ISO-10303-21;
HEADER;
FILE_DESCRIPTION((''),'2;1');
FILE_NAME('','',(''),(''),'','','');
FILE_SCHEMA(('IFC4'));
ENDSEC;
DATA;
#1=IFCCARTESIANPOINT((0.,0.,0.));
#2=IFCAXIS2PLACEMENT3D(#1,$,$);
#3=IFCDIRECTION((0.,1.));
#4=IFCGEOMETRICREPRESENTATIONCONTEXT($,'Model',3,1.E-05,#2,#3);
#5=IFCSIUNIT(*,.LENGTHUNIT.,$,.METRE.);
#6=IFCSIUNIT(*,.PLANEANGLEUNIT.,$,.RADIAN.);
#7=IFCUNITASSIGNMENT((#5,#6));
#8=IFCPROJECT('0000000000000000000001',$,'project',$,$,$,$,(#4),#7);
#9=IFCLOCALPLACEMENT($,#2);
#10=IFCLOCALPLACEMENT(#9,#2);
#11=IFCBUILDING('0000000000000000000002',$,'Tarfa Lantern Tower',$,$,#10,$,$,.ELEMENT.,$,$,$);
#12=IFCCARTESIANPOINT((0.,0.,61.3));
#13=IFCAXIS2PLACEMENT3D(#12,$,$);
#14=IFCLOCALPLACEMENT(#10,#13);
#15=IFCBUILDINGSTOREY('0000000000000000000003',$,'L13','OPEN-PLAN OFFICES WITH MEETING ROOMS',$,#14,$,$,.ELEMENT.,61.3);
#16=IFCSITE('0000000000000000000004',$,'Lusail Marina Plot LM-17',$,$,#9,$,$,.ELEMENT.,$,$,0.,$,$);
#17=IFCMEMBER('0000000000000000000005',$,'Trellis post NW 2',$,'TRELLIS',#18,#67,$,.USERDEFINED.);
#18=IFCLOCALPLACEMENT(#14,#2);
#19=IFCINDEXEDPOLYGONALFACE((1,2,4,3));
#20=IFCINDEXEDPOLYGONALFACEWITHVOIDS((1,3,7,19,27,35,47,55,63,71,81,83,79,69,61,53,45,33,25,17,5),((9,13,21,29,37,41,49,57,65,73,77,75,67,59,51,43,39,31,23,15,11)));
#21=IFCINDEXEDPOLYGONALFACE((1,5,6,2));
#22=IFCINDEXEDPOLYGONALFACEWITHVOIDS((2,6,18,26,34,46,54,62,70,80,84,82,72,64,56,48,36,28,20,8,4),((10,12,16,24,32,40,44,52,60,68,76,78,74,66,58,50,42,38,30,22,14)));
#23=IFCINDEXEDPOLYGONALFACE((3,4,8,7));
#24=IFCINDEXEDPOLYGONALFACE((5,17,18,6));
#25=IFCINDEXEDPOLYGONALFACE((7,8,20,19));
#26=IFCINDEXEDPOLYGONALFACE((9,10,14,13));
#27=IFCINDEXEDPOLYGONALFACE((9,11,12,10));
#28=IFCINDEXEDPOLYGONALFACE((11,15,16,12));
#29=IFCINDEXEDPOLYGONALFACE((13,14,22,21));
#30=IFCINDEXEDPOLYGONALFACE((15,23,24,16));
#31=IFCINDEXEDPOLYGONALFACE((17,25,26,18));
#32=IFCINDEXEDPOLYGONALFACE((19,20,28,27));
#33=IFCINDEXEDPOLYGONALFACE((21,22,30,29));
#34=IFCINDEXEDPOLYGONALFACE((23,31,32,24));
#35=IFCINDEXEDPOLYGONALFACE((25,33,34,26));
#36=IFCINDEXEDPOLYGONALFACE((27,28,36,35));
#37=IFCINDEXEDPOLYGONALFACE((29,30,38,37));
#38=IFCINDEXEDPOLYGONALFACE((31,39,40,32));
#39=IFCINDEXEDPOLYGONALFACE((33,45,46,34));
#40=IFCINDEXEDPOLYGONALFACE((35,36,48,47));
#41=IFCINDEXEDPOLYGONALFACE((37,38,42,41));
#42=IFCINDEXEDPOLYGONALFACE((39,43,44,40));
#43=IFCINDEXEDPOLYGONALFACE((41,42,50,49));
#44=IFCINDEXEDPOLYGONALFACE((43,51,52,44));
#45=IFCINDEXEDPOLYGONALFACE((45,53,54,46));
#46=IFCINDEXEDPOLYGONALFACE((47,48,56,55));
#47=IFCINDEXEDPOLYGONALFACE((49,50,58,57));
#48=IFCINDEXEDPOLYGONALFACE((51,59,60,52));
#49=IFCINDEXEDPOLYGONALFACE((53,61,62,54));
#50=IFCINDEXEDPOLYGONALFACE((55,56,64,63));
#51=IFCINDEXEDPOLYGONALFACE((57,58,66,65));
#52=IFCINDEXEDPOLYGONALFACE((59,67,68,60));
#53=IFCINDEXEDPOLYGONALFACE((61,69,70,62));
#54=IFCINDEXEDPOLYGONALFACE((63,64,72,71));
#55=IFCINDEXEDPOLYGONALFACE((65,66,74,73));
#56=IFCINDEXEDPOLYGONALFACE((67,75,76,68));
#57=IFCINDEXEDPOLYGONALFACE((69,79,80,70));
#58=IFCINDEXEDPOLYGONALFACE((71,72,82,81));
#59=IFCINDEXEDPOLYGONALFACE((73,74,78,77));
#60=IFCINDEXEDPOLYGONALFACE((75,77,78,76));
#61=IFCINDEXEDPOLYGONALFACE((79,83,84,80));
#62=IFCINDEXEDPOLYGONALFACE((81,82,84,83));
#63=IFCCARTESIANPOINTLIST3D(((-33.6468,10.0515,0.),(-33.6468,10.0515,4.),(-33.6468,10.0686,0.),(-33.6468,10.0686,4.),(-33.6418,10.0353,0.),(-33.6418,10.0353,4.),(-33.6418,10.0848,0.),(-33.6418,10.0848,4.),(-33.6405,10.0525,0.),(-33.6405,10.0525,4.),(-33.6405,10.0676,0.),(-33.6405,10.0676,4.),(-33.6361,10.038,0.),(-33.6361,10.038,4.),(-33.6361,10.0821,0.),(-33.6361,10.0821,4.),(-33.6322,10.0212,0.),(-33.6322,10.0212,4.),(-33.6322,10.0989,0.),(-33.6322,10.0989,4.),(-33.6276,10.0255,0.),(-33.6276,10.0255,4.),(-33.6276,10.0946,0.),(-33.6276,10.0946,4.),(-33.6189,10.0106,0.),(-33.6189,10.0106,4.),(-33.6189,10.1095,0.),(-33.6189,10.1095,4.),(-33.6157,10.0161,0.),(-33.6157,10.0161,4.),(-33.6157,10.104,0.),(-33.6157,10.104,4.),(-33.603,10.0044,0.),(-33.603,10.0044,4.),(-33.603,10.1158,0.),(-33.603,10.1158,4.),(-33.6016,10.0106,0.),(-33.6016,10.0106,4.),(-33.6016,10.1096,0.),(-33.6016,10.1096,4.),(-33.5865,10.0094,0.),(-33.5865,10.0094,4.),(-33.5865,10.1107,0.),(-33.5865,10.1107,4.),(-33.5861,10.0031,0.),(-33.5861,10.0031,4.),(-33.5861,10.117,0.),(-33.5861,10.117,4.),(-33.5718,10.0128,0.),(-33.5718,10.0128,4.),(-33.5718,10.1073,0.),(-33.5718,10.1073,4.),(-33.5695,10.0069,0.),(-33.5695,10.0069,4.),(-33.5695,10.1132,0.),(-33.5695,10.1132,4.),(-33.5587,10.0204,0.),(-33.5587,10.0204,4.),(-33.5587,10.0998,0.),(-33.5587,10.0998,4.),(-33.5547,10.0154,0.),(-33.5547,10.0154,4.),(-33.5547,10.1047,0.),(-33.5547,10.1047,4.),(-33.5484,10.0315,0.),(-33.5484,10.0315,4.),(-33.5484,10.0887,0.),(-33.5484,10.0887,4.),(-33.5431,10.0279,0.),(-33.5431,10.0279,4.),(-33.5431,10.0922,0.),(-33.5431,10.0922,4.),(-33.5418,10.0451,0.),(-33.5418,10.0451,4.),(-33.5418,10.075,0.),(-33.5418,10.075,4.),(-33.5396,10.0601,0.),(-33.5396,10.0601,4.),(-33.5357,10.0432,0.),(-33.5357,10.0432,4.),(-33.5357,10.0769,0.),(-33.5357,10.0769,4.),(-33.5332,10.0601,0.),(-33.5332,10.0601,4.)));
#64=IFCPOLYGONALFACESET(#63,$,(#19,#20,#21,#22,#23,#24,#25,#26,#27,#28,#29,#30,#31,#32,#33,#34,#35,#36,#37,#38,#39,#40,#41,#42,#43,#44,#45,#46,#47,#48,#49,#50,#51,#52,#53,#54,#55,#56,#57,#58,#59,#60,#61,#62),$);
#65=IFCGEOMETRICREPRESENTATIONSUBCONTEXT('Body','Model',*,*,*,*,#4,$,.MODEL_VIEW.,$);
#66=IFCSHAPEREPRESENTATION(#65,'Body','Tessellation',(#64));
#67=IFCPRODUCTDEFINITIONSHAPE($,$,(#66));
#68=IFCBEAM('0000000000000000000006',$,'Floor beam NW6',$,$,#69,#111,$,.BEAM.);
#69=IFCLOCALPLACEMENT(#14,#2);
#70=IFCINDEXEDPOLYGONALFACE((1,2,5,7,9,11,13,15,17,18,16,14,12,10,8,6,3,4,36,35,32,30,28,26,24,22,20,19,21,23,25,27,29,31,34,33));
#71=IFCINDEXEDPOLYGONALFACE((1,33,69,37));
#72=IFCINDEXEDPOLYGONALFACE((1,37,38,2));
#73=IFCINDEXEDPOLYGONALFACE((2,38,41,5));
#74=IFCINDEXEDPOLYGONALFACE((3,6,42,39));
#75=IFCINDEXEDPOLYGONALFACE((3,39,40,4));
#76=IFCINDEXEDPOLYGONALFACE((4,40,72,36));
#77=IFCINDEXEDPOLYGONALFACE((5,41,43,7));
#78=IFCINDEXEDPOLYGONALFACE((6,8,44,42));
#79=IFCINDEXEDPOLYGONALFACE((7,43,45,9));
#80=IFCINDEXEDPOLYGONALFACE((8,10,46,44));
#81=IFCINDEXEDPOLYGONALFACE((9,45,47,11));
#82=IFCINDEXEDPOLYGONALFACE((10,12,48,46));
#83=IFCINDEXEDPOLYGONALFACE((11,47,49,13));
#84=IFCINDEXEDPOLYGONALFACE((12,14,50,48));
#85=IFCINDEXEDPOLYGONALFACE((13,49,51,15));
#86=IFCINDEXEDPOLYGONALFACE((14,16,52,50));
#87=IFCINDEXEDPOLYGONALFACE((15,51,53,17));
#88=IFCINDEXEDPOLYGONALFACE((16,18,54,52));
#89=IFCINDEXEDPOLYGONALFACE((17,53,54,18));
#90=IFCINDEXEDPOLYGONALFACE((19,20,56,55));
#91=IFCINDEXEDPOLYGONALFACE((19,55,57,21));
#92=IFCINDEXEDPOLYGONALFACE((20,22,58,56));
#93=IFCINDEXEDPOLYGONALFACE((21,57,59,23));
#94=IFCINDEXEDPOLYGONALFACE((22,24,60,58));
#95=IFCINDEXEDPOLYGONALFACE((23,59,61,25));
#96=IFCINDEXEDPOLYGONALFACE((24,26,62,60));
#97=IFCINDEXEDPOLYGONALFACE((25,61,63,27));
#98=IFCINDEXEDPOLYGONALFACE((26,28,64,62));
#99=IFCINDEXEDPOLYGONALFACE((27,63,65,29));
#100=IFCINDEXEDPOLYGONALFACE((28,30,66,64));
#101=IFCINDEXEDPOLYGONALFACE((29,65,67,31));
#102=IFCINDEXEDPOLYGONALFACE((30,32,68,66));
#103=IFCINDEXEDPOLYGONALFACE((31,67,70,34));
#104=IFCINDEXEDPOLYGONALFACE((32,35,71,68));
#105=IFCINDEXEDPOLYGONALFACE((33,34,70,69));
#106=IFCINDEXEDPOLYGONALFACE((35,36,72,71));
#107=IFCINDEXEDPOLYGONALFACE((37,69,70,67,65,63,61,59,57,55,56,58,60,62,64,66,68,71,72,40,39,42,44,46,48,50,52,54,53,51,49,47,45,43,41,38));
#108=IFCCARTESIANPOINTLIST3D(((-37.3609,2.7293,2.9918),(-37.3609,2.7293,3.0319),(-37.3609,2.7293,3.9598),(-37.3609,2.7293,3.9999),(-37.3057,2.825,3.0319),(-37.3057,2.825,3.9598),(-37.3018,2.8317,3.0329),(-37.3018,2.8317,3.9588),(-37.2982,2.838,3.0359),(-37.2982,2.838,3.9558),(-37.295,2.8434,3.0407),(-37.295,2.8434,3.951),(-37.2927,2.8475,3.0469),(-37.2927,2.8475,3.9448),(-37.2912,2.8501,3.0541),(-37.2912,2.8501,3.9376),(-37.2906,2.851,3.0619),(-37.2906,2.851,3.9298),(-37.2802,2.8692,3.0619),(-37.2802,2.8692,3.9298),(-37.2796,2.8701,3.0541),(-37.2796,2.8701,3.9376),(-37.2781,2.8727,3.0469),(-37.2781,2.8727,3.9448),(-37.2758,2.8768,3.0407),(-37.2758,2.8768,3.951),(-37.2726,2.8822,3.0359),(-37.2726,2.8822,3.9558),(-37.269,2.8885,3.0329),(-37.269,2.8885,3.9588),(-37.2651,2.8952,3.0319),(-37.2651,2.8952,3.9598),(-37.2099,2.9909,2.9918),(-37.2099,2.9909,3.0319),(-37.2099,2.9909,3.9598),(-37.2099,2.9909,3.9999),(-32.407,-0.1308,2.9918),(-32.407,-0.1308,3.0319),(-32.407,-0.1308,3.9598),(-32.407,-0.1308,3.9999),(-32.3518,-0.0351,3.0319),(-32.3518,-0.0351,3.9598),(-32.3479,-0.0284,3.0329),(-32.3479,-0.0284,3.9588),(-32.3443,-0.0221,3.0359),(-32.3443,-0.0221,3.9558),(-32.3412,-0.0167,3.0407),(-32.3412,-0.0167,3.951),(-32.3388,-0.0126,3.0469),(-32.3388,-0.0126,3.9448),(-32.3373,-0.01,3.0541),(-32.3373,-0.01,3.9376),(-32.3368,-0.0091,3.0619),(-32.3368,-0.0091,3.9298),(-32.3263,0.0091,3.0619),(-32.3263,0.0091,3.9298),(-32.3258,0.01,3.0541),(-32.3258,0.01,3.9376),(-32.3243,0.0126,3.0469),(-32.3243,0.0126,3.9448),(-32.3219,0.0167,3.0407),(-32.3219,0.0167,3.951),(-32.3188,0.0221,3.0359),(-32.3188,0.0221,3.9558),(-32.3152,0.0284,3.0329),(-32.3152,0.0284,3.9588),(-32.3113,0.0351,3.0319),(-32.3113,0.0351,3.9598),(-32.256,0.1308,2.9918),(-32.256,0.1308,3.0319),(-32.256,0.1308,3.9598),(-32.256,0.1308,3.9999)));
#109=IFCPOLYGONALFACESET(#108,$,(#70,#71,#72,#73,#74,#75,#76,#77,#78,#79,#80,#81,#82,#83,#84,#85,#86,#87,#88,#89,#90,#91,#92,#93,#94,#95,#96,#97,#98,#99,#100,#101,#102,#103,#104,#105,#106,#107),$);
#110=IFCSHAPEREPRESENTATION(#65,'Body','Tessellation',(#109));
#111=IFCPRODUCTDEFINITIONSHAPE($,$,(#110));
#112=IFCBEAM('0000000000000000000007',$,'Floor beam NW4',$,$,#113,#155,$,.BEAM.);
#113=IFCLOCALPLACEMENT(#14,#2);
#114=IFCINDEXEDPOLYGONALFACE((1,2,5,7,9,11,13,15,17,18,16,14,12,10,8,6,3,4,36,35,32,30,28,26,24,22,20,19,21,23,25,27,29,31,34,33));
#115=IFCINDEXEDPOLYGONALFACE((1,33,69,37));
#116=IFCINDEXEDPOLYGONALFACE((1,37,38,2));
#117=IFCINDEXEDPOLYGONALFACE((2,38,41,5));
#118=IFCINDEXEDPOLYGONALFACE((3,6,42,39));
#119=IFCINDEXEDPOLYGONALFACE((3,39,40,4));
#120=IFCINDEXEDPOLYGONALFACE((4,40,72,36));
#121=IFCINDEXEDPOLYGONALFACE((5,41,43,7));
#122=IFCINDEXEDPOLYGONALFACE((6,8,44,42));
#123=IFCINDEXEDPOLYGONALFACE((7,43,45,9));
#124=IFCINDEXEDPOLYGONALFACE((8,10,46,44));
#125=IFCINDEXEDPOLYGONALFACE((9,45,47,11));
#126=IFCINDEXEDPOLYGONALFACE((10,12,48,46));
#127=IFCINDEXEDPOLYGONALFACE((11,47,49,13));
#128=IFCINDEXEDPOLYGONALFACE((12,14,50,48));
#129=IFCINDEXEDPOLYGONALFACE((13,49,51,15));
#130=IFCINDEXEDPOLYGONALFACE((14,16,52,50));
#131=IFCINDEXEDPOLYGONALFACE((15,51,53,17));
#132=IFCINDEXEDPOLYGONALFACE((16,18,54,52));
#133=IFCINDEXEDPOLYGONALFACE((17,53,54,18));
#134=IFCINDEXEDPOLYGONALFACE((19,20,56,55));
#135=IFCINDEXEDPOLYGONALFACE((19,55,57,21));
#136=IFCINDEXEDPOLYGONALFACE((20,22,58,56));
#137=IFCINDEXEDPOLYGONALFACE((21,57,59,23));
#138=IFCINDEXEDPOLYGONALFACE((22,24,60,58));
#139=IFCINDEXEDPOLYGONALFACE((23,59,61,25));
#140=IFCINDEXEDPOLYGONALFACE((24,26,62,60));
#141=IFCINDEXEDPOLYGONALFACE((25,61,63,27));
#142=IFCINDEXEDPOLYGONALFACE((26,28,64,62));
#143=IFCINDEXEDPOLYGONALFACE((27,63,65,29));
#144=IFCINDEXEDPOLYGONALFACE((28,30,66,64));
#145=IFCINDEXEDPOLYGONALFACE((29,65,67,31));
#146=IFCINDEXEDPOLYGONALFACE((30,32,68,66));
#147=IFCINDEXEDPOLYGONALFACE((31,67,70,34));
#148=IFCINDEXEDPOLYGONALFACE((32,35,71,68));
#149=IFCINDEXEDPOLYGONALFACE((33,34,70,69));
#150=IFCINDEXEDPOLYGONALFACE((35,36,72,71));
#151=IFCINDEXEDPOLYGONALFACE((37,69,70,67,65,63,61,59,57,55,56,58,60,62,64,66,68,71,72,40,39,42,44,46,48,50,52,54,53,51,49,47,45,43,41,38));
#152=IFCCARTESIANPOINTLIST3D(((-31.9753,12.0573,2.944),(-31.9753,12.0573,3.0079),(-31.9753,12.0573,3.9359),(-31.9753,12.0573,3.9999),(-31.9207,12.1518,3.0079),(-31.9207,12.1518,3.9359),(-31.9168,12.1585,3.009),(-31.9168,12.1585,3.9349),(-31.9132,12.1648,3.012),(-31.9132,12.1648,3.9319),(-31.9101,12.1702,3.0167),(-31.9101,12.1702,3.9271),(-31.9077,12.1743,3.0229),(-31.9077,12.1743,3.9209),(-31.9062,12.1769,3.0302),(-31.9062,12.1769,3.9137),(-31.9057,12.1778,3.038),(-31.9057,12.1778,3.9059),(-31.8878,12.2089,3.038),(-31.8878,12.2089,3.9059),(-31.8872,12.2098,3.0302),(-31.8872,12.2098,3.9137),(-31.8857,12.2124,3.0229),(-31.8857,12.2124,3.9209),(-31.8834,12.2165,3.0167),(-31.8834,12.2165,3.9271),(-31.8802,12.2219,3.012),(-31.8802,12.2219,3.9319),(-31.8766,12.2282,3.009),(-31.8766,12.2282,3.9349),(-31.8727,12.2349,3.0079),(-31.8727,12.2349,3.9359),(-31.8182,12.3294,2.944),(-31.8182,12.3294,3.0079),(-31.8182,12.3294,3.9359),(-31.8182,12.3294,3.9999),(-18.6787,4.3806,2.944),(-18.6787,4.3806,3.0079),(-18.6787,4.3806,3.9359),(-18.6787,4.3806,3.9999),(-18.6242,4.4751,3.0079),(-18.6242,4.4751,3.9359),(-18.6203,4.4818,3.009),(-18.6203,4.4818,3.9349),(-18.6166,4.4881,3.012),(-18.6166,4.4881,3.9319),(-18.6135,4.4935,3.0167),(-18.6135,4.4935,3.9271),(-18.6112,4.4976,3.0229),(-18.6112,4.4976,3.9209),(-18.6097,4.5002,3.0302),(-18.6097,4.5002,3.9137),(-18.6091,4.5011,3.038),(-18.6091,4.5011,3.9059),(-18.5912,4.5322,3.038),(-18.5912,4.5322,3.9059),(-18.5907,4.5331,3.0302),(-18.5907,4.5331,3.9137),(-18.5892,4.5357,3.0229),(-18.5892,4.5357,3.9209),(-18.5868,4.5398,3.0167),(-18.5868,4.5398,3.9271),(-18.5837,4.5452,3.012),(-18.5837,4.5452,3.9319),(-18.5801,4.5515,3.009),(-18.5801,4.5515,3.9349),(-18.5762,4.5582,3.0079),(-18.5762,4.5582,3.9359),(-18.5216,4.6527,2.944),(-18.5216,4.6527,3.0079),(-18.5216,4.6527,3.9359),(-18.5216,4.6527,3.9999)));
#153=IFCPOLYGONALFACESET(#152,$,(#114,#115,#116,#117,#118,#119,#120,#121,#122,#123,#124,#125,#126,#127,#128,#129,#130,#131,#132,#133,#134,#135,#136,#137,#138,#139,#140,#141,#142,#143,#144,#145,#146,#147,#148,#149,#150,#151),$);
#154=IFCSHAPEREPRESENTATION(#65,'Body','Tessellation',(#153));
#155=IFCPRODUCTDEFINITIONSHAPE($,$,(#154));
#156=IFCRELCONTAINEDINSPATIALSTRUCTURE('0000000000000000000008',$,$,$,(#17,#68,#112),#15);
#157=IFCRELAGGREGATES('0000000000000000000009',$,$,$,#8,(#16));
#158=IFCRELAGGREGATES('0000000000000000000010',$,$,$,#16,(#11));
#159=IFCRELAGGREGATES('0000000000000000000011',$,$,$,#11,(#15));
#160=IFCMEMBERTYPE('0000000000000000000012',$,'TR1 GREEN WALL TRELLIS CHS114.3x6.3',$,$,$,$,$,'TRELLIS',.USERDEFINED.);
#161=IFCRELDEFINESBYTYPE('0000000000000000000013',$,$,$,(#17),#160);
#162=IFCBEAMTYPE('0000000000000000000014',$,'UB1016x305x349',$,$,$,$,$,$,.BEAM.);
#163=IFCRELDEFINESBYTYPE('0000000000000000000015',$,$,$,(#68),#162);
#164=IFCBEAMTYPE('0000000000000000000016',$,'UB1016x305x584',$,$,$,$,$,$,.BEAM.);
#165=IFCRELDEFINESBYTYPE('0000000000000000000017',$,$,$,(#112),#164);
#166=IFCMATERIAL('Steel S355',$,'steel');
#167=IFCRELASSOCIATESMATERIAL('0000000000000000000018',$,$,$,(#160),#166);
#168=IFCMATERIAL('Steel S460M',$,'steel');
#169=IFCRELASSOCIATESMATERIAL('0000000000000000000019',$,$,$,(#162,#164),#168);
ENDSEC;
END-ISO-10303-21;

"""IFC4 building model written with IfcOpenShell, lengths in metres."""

from ifc_helpers import new_model, si_unit, direction, frame, origin, origin_2d, place, context, subcontext, project, spatial, hollow_circle, i_section, extrude, material, material_profile, profile_set, type_object, element, save


model = new_model("IFC4")

# Units and contexts
model_context = context("Model", 3, precision=1e-05, world=origin(), true_north=direction((0.0, 1.0)))
body_context = subcontext(model_context, "Body", "Model", "MODEL_VIEW")
ifc_project = project(units=[si_unit("LENGTHUNIT", "METRE"), si_unit("PLANEANGLEUNIT", "RADIAN")], contexts=[model_context])

# Site, building, storey
site_placement = place(None, origin())
site = spatial("IfcSite", under=ifc_project, at=site_placement, Name="Lusail Marina Plot LM-17", CompositionType="ELEMENT", RefElevation=0.0)
building_placement = place(site_placement, origin())
building = spatial("IfcBuilding", under=site, at=building_placement, Name="Tarfa Lantern Tower", CompositionType="ELEMENT")
storey_placement = place(building_placement, frame((0.0, 0.0, 61.3)))
storey = spatial("IfcBuildingStorey", under=building, at=storey_placement, Name="L13", Description="OPEN-PLAN OFFICES WITH MEETING ROOMS", CompositionType="ELEMENT", Elevation=61.3)

# Member
ifc_material_1 = material(Name="Steel S355", Category="steel")
ifc_material_profile_1 = material_profile(ifc_material_1, hollow_circle(Radius=0.0571, WallThickness=0.0063, at=origin_2d()), Name="CHS114.3x6.3")
ifc_profile_set_1 = profile_set([ifc_material_profile_1], Name="Steel S355")
member_type_1 = type_object("IfcMemberType", Name="TR1 GREEN WALL TRELLIS CHS114.3x6.3", ElementType="TRELLIS", PredefinedType="USERDEFINED", material=ifc_profile_set_1)
member_1_placement = place(storey_placement, frame((-33.5903, 10.0601, 0.0), z_axis=(0.0, 0.0, 1.0), x_axis=(1.0, 0.0, 0.0)))
element("IfcMember", 1, at=member_1_placement, inside=storey, type_object=member_type_1, Name="Trellis post NW 2", ObjectType="TRELLIS", PredefinedType="USERDEFINED", context=body_context, shape_type="SweptSolid", body=[
    extrude(hollow_circle(Radius=0.0571, WallThickness=0.0063, at=origin_2d()), origin(), (0.0, 0.0, 1.0), 4.0),
])

# Beams
ifc_material_2 = material(Name="Steel S460M", Category="steel")
ifc_material_profile_2 = material_profile(ifc_material_2, i_section(OverallWidth=0.302, OverallDepth=1.0081, WebThickness=0.021, FlangeThickness=0.04, FilletRadius=0.03, at=origin_2d()), Name="UB1016x305x349")
ifc_profile_set_2 = profile_set([ifc_material_profile_2], Name="Steel S460M")
beam_type_1 = type_object("IfcBeamType", Name="UB1016x305x349", PredefinedType="BEAM", material=ifc_profile_set_2)
beam_1_placement = place(storey_placement, frame((-37.2854, 2.8601, 3.4958), z_axis=(0.866026, -0.5, 0.0), x_axis=(0.5, 0.866026, 0.0)))
element("IfcBeam", 2, at=beam_1_placement, inside=storey, type_object=beam_type_1, Name="Floor beam NW6", PredefinedType="BEAM", context=body_context, shape_type="SweptSolid", body=[
    extrude(i_section(OverallWidth=0.302, OverallDepth=1.0081, WebThickness=0.021, FlangeThickness=0.04, FilletRadius=0.03, at=origin_2d()), origin(), (0.0, 0.0, 1.0), 5.7202),
])
ifc_material_profile_3 = material_profile(ifc_material_2, i_section(OverallWidth=0.3142, OverallDepth=1.0559, WebThickness=0.0359, FlangeThickness=0.064, FilletRadius=0.03, at=origin_2d()), Name="UB1016x305x584")
ifc_profile_set_3 = profile_set([ifc_material_profile_3], Name="Steel S460M")
beam_type_2 = type_object("IfcBeamType", Name="UB1016x305x584", PredefinedType="BEAM", material=ifc_profile_set_3)
beam_2_placement = place(storey_placement, frame((-31.8967, 12.1934, 3.4719), z_axis=(0.866027, -0.499997, 0.0), x_axis=(0.499997, 0.866027, 0.0)))
element("IfcBeam", 3, at=beam_2_placement, inside=storey, type_object=beam_type_2, Name="Floor beam NW4", PredefinedType="BEAM", context=body_context, shape_type="SweptSolid", body=[
    extrude(i_section(OverallWidth=0.3142, OverallDepth=1.0559, WebThickness=0.0359, FlangeThickness=0.064, FilletRadius=0.03, at=origin_2d()), origin(), (0.0, 0.0, 1.0), 15.3535),
])

save(model, "model.ifc")
